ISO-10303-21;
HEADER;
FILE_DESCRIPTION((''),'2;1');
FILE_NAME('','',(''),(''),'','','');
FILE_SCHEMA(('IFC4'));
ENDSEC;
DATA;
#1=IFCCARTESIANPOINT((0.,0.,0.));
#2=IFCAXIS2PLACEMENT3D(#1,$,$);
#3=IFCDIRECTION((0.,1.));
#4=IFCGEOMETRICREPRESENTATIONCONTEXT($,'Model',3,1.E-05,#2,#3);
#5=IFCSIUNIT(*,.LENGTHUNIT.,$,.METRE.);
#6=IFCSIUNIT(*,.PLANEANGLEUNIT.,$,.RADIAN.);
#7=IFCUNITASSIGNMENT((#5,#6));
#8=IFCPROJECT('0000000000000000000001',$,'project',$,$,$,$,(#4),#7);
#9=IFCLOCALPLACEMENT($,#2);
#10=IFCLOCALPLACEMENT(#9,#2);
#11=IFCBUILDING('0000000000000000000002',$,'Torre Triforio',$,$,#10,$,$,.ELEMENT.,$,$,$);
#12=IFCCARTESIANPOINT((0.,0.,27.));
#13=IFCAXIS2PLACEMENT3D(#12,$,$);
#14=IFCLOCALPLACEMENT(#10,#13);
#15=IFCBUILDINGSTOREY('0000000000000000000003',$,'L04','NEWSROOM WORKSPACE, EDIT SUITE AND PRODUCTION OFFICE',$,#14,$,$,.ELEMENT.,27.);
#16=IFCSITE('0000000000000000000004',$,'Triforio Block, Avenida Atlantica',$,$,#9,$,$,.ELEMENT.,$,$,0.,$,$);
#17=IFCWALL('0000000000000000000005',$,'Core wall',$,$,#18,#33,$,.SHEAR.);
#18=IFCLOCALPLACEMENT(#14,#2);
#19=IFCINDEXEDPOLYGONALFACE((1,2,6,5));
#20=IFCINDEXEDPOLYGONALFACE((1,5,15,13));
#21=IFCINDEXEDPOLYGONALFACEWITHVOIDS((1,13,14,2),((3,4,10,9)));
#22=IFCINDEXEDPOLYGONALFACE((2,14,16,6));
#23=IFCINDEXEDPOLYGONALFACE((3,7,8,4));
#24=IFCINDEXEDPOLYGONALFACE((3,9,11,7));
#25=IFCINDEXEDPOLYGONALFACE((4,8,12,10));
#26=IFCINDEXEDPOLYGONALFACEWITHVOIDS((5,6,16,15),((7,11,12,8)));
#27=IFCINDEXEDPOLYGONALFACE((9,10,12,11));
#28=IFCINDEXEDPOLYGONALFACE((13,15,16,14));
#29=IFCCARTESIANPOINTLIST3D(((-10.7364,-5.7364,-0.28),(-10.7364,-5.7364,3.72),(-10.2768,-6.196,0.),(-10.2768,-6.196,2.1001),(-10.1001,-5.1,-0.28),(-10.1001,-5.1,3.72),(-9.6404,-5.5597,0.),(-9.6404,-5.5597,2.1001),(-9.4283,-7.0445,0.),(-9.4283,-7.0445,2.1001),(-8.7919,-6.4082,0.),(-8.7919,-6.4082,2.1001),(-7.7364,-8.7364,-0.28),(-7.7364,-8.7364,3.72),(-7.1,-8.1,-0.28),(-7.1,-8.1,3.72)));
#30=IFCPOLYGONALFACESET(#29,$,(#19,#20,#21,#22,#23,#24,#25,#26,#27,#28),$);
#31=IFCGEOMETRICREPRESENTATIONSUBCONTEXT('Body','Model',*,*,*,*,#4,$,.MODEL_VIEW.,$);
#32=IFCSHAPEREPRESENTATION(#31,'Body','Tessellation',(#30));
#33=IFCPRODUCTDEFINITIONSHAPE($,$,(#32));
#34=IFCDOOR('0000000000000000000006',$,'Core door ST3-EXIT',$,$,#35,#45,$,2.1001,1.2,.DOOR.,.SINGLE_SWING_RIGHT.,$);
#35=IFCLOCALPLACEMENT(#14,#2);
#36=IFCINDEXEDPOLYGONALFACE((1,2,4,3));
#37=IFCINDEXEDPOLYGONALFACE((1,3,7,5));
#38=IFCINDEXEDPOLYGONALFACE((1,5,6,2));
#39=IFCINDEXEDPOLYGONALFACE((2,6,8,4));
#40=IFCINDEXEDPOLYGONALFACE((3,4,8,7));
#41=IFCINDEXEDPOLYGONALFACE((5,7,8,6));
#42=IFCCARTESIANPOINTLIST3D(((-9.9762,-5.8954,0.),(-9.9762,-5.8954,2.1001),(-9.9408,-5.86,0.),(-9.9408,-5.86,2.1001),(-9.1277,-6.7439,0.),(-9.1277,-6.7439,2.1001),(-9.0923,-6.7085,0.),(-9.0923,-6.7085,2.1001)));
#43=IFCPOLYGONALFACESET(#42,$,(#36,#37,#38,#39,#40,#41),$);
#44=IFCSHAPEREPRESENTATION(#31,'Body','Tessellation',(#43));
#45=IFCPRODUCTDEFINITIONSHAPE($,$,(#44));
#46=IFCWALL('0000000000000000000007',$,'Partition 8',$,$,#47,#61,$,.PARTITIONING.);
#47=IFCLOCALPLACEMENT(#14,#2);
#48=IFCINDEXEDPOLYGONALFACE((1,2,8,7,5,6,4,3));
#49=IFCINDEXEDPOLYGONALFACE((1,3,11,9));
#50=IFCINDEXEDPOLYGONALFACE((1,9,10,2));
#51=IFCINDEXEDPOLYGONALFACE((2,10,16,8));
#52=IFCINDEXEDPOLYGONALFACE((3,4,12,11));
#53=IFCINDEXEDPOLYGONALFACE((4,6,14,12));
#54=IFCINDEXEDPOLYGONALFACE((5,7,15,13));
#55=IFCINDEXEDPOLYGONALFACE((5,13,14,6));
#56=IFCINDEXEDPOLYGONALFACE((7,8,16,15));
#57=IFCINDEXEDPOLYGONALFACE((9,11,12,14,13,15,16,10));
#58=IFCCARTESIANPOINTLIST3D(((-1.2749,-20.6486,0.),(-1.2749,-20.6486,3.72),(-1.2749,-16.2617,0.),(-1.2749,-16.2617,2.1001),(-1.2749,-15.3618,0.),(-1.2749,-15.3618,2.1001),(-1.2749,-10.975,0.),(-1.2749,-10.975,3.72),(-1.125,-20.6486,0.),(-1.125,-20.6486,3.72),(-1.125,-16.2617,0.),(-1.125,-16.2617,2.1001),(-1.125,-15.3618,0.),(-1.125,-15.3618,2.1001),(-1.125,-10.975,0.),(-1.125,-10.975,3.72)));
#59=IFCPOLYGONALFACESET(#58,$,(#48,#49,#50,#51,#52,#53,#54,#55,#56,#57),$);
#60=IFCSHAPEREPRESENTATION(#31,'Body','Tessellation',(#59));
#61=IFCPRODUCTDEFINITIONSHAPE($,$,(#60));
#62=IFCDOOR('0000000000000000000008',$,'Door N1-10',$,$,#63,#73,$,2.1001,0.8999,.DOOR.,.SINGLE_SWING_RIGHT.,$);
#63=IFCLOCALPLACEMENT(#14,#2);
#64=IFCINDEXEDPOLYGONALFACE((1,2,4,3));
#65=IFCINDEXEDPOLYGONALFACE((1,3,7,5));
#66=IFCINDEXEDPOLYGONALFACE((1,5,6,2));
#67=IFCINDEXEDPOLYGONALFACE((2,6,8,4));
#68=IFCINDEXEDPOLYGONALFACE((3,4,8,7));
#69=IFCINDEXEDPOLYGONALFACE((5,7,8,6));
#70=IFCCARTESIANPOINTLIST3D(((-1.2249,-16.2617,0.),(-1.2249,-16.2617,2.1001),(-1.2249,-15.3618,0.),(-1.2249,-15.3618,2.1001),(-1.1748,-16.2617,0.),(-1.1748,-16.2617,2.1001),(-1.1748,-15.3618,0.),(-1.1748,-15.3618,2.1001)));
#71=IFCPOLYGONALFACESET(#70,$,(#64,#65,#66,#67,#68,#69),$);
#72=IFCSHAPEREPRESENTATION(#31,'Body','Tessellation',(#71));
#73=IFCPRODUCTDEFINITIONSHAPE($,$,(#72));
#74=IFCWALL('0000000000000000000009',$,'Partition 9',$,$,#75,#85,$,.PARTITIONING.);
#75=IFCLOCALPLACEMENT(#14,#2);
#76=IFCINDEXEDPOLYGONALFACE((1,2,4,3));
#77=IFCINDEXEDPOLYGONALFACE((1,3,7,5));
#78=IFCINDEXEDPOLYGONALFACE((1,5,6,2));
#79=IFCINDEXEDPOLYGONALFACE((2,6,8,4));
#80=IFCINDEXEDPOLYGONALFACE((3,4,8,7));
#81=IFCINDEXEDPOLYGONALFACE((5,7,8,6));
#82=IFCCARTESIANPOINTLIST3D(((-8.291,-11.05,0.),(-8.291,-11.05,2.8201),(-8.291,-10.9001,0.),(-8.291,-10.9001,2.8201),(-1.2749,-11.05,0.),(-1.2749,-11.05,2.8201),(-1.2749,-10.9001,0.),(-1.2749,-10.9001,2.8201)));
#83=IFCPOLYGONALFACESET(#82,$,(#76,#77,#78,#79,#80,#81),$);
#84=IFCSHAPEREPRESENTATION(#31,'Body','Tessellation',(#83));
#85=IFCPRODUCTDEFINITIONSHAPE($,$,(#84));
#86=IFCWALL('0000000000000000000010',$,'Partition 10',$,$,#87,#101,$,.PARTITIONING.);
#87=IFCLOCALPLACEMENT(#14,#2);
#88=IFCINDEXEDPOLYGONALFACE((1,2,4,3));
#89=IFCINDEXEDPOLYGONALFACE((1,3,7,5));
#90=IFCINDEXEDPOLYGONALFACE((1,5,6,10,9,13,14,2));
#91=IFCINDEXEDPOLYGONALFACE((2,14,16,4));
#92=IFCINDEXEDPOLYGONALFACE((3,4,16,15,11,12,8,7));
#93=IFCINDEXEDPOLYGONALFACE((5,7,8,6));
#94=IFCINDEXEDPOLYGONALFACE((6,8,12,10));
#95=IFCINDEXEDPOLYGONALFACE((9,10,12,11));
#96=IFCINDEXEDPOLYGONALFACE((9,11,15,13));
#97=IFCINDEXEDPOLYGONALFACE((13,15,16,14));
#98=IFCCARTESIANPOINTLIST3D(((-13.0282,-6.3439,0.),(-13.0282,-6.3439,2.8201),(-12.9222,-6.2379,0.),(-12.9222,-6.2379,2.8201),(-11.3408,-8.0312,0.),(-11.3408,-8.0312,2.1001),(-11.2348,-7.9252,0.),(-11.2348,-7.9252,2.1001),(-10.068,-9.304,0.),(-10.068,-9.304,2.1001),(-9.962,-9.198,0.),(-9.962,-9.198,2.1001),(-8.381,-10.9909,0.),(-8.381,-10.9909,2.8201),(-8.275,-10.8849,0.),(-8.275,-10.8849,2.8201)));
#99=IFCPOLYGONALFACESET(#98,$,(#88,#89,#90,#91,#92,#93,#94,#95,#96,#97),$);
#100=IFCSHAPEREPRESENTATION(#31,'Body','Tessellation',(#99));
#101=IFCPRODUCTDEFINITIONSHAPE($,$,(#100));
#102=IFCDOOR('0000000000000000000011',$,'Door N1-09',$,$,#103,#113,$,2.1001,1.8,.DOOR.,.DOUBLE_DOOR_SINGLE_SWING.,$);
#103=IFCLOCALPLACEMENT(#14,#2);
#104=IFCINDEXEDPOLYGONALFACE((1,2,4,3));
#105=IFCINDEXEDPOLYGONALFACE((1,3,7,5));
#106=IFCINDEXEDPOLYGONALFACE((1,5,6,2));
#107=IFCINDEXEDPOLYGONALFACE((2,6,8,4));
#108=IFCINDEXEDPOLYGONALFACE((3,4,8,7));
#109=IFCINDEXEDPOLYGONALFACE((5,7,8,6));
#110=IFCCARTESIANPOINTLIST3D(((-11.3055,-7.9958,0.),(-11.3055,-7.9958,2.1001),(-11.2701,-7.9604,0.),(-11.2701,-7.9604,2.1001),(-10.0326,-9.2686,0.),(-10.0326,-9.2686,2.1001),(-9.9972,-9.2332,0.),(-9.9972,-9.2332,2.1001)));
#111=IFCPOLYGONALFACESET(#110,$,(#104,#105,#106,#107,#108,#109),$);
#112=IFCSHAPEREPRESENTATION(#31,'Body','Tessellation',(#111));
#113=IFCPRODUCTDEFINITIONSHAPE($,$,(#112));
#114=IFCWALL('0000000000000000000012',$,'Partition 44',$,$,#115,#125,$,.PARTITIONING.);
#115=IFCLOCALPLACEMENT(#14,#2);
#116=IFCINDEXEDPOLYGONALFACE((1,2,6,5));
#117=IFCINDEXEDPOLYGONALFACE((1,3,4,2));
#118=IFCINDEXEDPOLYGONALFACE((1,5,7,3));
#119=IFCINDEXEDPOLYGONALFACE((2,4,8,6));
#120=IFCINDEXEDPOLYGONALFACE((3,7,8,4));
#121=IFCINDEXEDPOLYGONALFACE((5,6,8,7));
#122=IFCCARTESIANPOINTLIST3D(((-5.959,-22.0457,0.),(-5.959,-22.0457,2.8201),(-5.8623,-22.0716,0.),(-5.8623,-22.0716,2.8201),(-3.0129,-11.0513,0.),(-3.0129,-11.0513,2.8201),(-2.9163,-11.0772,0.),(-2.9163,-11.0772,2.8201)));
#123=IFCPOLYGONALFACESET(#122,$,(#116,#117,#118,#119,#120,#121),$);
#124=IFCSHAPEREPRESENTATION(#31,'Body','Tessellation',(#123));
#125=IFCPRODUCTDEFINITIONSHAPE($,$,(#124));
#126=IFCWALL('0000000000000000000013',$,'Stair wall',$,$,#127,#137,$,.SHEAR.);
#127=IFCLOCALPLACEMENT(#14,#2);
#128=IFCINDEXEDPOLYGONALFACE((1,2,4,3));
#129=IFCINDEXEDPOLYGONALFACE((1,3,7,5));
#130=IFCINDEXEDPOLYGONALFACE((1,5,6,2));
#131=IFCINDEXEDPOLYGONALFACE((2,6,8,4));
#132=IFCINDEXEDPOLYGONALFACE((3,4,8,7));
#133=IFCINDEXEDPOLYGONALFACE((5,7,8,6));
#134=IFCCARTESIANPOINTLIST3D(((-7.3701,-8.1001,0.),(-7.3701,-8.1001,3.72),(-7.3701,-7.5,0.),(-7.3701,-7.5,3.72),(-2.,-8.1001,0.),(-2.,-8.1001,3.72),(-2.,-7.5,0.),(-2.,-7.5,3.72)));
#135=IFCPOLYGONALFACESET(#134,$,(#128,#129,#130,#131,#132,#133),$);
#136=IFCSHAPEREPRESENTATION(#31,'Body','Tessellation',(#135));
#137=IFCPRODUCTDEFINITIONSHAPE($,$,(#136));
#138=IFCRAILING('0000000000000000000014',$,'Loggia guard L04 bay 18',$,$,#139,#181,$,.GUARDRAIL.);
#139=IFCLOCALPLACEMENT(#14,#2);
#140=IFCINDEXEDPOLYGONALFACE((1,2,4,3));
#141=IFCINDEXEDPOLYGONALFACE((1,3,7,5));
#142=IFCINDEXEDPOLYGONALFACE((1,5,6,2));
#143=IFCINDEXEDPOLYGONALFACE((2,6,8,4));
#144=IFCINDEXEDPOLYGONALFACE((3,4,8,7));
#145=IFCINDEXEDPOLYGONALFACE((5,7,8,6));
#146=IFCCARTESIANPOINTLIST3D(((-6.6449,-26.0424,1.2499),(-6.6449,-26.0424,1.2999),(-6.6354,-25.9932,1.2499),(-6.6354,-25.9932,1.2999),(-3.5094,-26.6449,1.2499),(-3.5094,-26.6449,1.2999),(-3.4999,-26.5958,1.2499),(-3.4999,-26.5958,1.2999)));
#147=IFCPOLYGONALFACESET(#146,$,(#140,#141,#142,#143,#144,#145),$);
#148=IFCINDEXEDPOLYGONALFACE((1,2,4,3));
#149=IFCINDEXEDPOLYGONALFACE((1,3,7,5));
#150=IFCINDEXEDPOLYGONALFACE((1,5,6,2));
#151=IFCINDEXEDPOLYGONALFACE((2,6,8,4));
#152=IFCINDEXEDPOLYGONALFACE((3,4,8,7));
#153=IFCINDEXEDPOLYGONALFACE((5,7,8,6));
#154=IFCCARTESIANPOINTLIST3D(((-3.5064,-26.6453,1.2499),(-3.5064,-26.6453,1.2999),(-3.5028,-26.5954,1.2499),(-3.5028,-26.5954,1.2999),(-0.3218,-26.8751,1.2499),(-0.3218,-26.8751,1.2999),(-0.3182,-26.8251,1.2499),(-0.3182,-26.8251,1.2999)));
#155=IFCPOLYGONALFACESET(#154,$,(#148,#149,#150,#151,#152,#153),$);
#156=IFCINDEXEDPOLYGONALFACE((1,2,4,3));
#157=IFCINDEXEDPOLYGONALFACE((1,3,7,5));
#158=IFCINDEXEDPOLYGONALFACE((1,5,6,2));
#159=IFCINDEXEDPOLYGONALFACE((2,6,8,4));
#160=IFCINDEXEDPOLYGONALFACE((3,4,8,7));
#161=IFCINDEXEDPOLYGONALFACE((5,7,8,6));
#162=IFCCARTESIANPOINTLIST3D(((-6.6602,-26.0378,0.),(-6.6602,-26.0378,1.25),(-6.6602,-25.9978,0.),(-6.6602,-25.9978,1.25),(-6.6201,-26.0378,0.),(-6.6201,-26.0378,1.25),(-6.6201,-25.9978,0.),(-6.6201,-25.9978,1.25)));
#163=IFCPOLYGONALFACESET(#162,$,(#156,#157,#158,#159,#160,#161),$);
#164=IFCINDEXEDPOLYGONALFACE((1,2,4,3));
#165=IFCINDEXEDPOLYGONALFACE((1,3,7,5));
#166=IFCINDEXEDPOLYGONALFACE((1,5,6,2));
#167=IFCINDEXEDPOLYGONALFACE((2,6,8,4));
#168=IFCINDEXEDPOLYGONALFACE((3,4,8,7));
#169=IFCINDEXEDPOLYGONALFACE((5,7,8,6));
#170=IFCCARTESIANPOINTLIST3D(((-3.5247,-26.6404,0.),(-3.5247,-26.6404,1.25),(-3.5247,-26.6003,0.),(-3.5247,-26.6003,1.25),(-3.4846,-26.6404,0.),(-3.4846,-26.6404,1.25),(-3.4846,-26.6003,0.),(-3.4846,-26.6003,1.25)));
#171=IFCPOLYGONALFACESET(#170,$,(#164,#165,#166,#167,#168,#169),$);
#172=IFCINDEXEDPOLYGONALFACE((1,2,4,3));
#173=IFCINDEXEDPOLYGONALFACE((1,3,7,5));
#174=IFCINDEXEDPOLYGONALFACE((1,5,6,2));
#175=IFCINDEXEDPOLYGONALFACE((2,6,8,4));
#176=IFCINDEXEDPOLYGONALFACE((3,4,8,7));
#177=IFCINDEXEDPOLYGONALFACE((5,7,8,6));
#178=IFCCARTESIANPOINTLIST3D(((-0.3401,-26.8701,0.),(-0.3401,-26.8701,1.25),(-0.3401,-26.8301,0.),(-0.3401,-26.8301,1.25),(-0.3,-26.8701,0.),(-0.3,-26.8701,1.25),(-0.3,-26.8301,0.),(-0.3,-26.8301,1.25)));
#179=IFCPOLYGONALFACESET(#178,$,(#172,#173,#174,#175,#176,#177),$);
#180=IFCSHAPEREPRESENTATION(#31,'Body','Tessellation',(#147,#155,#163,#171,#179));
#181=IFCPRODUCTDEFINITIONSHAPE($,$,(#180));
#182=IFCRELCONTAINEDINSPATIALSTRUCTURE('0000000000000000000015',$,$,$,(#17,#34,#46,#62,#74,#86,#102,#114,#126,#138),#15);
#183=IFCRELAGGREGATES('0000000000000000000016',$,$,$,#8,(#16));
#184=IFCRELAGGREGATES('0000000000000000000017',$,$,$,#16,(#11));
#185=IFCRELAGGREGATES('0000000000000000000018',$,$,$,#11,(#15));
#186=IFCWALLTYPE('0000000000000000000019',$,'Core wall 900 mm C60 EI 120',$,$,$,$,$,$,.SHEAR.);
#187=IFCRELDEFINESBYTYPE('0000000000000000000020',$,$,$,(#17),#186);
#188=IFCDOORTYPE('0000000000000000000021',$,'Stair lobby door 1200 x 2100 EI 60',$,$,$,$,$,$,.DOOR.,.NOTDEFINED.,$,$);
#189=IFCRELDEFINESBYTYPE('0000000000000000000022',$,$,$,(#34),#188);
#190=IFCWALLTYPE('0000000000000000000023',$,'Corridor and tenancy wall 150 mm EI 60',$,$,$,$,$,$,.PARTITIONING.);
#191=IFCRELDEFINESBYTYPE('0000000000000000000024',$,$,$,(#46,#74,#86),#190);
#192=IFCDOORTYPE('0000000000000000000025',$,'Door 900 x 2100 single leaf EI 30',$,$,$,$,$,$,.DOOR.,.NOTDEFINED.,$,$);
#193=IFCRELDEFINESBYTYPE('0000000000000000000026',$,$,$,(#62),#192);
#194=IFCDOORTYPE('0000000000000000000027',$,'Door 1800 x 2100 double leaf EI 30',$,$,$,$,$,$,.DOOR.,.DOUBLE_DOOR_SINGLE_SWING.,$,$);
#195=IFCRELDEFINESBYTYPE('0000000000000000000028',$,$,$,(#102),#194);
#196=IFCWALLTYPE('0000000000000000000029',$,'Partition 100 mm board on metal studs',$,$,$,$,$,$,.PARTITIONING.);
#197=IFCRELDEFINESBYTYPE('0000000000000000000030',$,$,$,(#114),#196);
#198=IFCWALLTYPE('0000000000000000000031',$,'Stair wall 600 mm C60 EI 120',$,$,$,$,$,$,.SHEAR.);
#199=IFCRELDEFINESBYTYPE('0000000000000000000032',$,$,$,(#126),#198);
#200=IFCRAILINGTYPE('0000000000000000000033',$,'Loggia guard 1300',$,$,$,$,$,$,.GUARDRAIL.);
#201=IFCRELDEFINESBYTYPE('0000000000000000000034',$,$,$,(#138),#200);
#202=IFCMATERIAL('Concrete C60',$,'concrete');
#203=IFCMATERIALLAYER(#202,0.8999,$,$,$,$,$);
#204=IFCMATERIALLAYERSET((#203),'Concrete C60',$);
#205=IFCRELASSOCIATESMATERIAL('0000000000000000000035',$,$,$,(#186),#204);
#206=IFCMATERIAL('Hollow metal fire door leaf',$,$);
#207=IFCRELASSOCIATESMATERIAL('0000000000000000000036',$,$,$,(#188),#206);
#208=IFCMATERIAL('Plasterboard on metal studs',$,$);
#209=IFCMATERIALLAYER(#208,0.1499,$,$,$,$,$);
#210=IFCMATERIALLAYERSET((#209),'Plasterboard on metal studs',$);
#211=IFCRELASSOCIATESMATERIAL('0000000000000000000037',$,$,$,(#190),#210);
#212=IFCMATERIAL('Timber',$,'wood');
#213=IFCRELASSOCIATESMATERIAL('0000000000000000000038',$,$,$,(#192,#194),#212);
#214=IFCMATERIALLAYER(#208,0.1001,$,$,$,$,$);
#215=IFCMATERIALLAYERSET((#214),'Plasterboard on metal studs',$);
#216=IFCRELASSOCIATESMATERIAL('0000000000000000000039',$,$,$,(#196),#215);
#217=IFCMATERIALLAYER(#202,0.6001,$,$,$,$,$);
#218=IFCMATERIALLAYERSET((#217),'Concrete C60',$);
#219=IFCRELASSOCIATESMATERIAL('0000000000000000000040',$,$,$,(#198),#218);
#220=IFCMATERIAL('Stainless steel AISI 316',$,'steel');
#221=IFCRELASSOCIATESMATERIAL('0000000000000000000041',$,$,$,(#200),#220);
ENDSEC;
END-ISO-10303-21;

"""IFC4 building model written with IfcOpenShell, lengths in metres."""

from ifc_helpers import new_model, si_unit, direction, frame, frame_2d, origin, origin_2d, place, context, subcontext, project, spatial, rectangle, extrude, material, layer, layer_set, type_object, element, fill, save


model = new_model("IFC4")

# Units and contexts
model_context = context("Model", 3, precision=1e-05, world=origin(), true_north=direction((0.0, 1.0)))
body_context = subcontext(model_context, "Body", "Model", "MODEL_VIEW")
ifc_project = project(units=[si_unit("LENGTHUNIT", "METRE"), si_unit("PLANEANGLEUNIT", "RADIAN")], contexts=[model_context])

# Site, building, storey
site_placement = place(None, origin())
site = spatial("IfcSite", under=ifc_project, at=site_placement, Name="Triforio Block, Avenida Atlantica", CompositionType="ELEMENT", RefElevation=0.0)
building_placement = place(site_placement, origin())
building = spatial("IfcBuilding", under=site, at=building_placement, Name="Torre Triforio", CompositionType="ELEMENT")
storey_placement = place(building_placement, frame((0.0, 0.0, 27.0)))
storey = spatial("IfcBuildingStorey", under=building, at=storey_placement, Name="L04", Description="NEWSROOM WORKSPACE, EDIT SUITE AND PRODUCTION OFFICE", CompositionType="ELEMENT", Elevation=27.0)

# Shared definitions
ifc_material_1 = material(Name="Concrete C60", Category="concrete")

# Shared definitions
ifc_layer_1 = layer(ifc_material_1, 0.8999)
ifc_layer_set_1 = layer_set([ifc_layer_1], Name="Concrete C60")
wall_type_1 = type_object("IfcWallType", Name="Core wall 900 mm C60 EI 120", PredefinedType="SHEAR", material=ifc_layer_set_1)
ifc_material_2 = material(Name="Hollow metal fire door leaf")

# Walls, openings, doors
wall_1_placement = place(storey_placement, frame((-7.4182, -8.4182, -0.28), z_axis=(0.0, 0.0, 1.0), x_axis=(-0.707107, 0.707107, 0.0)))
wall_1 = element("IfcWall", 1, at=wall_1_placement, inside=storey, type_object=wall_type_1, Name="Core wall", PredefinedType="SHEAR", context=body_context, shape_type="SweptSolid", body=[
    extrude(rectangle(XDim=4.2427, YDim=0.8999, at=frame_2d((2.1213, 0.0))), origin(), (0.0, 0.0, 1.0), 4.0),
])
opening_1_placement = place(wall_1_placement, frame((2.3926, 0.0, 0.28)))
opening_1 = element("IfcOpeningElement", 2, at=opening_1_placement, cuts=wall_1, PredefinedType="OPENING", context=body_context, shape_type="SweptSolid", body=[
    extrude(rectangle(XDim=1.2, YDim=2.1001, at=frame_2d((0.6001, 1.05))), frame((0.0, 0.46, 0.0), z_axis=(0.0, -1.0, 0.0), x_axis=(1.0, 0.0, 0.0)), (0.0, 0.0, 1.0), 0.9199),
])
door_type_1 = type_object("IfcDoorType", Name="Stair lobby door 1200 x 2100 EI 60", OperationType="NOTDEFINED", PredefinedType="DOOR", material=ifc_material_2)
door_1_placement = place(opening_1_placement, origin())
door_1 = element("IfcDoor", 3, at=door_1_placement, inside=storey, type_object=door_type_1, Name="Core door ST3-EXIT", OperationType="SINGLE_SWING_RIGHT", OverallHeight=2.1001, OverallWidth=1.2, PredefinedType="DOOR", context=body_context, shape_type="SweptSolid", body=[
    extrude(rectangle(XDim=1.2, YDim=2.1001, at=frame_2d((0.6001, 1.05))), frame((0.0, 0.0249, 0.0), z_axis=(0.0, -1.0, 0.0), x_axis=(1.0, 0.0, 0.0)), (0.0, 0.0, 1.0), 0.05),
])
fill(opening_1, door_1)
ifc_material_3 = material(Name="Plasterboard on metal studs")
ifc_layer_2 = layer(ifc_material_3, 0.1499)
ifc_layer_set_2 = layer_set([ifc_layer_2], Name="Plasterboard on metal studs")
wall_type_2 = type_object("IfcWallType", Name="Corridor and tenancy wall 150 mm EI 60", PredefinedType="PARTITIONING", material=ifc_layer_set_2)
wall_2_placement = place(storey_placement, frame((-1.2, -20.6487, 0.0), z_axis=(0.0, 0.0, 1.0), x_axis=(0.0, 1.0, 0.0)))
wall_2 = element("IfcWall", 4, at=wall_2_placement, inside=storey, type_object=wall_type_2, Name="Partition 8", PredefinedType="PARTITIONING", context=body_context, shape_type="SweptSolid", body=[
    extrude(rectangle(XDim=9.6736, YDim=0.1499, at=frame_2d((4.8369, 0.0))), origin(), (0.0, 0.0, 1.0), 3.72),
])
opening_2_placement = place(wall_2_placement, frame((4.387, 0.0, 0.0)))
opening_2 = element("IfcOpeningElement", 5, at=opening_2_placement, cuts=wall_2, PredefinedType="OPENING", context=body_context, shape_type="SweptSolid", body=[
    extrude(rectangle(XDim=0.8999, YDim=2.1001, at=frame_2d((0.45, 1.05))), frame((0.0, 0.085, 0.0), z_axis=(0.0, -1.0, 0.0), x_axis=(1.0, 0.0, 0.0)), (0.0, 0.0, 1.0), 0.1699),
])
ifc_material_4 = material(Name="Timber", Category="wood")
door_type_2 = type_object("IfcDoorType", Name="Door 900 x 2100 single leaf EI 30", OperationType="NOTDEFINED", PredefinedType="DOOR", material=ifc_material_4)
door_2_placement = place(opening_2_placement, origin())
door_2 = element("IfcDoor", 6, at=door_2_placement, inside=storey, type_object=door_type_2, Name="Door N1-10", OperationType="SINGLE_SWING_RIGHT", OverallHeight=2.1001, OverallWidth=0.8999, PredefinedType="DOOR", context=body_context, shape_type="SweptSolid", body=[
    extrude(rectangle(XDim=0.8999, YDim=2.1001, at=frame_2d((0.45, 1.05))), frame((0.0, 0.0249, 0.0), z_axis=(0.0, -1.0, 0.0), x_axis=(1.0, 0.0, 0.0)), (0.0, 0.0, 1.0), 0.05),
])
fill(opening_2, door_2)

# Wall
wall_3_placement = place(storey_placement, frame((-1.2749, -10.9751, 0.0), z_axis=(0.0, 0.0, 1.0), x_axis=(-1.0, 0.0, 0.0)))
element("IfcWall", 7, at=wall_3_placement, inside=storey, type_object=wall_type_2, Name="Partition 9", PredefinedType="PARTITIONING", context=body_context, shape_type="SweptSolid", body=[
    extrude(rectangle(XDim=7.0161, YDim=0.1499, at=frame_2d((3.5081, 0.0))), origin(), (0.0, 0.0, 1.0), 2.8201),
])

# Wall, opening, door
wall_4_placement = place(storey_placement, frame((-8.3279, -10.938, 0.0), z_axis=(0.0, 0.0, 1.0), x_axis=(-0.707125, 0.707088, 0.0)))
wall_4 = element("IfcWall", 8, at=wall_4_placement, inside=storey, type_object=wall_type_2, Name="Partition 10", PredefinedType="PARTITIONING", context=body_context, shape_type="SweptSolid", body=[
    extrude(rectangle(XDim=6.572, YDim=0.1499, at=frame_2d((3.2861, 0.0))), origin(), (0.0, 0.0, 1.0), 2.8201),
])
opening_3_placement = place(wall_4_placement, frame((2.386, 0.0, 0.0)))
opening_3 = element("IfcOpeningElement", 9, at=opening_3_placement, cuts=wall_4, PredefinedType="OPENING", context=body_context, shape_type="SweptSolid", body=[
    extrude(rectangle(XDim=1.8, YDim=2.1001, at=frame_2d((0.8999, 1.05))), frame((0.0, 0.085, 0.0), z_axis=(0.0, -1.0, 0.0), x_axis=(1.0, 0.0, 0.0)), (0.0, 0.0, 1.0), 0.1699),
])
door_type_3 = type_object("IfcDoorType", Name="Door 1800 x 2100 double leaf EI 30", OperationType="DOUBLE_DOOR_SINGLE_SWING", PredefinedType="DOOR", material=ifc_material_4)
door_3_placement = place(opening_3_placement, origin())
door_3 = element("IfcDoor", 10, at=door_3_placement, inside=storey, type_object=door_type_3, Name="Door N1-09", OperationType="DOUBLE_DOOR_SINGLE_SWING", OverallHeight=2.1001, OverallWidth=1.8, PredefinedType="DOOR", context=body_context, shape_type="SweptSolid", body=[
    extrude(rectangle(XDim=1.8, YDim=2.1001, at=frame_2d((0.8999, 1.05))), frame((0.0, 0.0249, 0.0), z_axis=(0.0, -1.0, 0.0), x_axis=(1.0, 0.0, 0.0)), (0.0, 0.0, 1.0), 0.05),
])
fill(opening_3, door_3)

# Walls
ifc_layer_3 = layer(ifc_material_3, 0.1001)
ifc_layer_set_3 = layer_set([ifc_layer_3], Name="Plasterboard on metal studs")
wall_type_3 = type_object("IfcWallType", Name="Partition 100 mm board on metal studs", PredefinedType="PARTITIONING", material=ifc_layer_set_3)
wall_5_placement = place(storey_placement, frame((-2.9646, -11.0642, 0.0), z_axis=(0.0, 0.0, 1.0), x_axis=(-0.258828, -0.965923, 0.0)))
element("IfcWall", 11, at=wall_5_placement, inside=storey, type_object=wall_type_3, Name="Partition 44", PredefinedType="PARTITIONING", context=body_context, shape_type="SweptSolid", body=[
    extrude(rectangle(XDim=11.3823, YDim=0.1001, at=frame_2d((5.6912, 0.0))), origin(), (0.0, 0.0, 1.0), 2.8201),
])
ifc_layer_4 = layer(ifc_material_1, 0.6001)
ifc_layer_set_4 = layer_set([ifc_layer_4], Name="Concrete C60")
wall_type_4 = type_object("IfcWallType", Name="Stair wall 600 mm C60 EI 120", PredefinedType="SHEAR", material=ifc_layer_set_4)
wall_6_placement = place(storey_placement, frame((-7.3701, -7.8, 0.0), z_axis=(0.0, 0.0, 1.0), x_axis=(1.0, 0.0, 0.0)))
element("IfcWall", 12, at=wall_6_placement, inside=storey, type_object=wall_type_4, Name="Stair wall", PredefinedType="SHEAR", context=body_context, shape_type="SweptSolid", body=[
    extrude(rectangle(XDim=5.3701, YDim=0.6001, at=frame_2d((2.6851, 0.0))), origin(), (0.0, 0.0, 1.0), 3.72),
])

# Railing
ifc_material_5 = material(Name="Stainless steel AISI 316", Category="steel")
railing_type = type_object("IfcRailingType", Name="Loggia guard 1300", PredefinedType="GUARDRAIL", material=ifc_material_5)
railing_placement = place(storey_placement, frame((-6.6401, -26.0178, 0.0)))
element("IfcRailing", 13, at=railing_placement, inside=storey, type_object=railing_type, Name="Loggia guard L04 bay 18", PredefinedType="GUARDRAIL", context=body_context, shape_type="SweptSolid", body=[
    extrude(rectangle(XDim=0.05, YDim=0.05, at=origin_2d()), frame((0.0, 0.0, 1.2749), z_axis=(0.982032, -0.188714, 0.0), x_axis=(0.188714, 0.982032, 0.0)), (0.0, 0.0, 1.0), 3.1929),
    extrude(rectangle(XDim=0.05, YDim=0.05, at=origin_2d()), frame((3.1355, -0.6025, 1.2749), z_axis=(0.997408, -0.071953, 0.0), x_axis=(0.071953, 0.997408, 0.0)), (0.0, 0.0, 1.0), 3.1929),
    extrude(rectangle(XDim=0.04, YDim=0.04, at=origin_2d()), origin(), (0.0, 0.0, 1.0), 1.25),
    extrude(rectangle(XDim=0.04, YDim=0.04, at=origin_2d()), frame((3.1355, -0.6025, 0.0)), (0.0, 0.0, 1.0), 1.25),
    extrude(rectangle(XDim=0.04, YDim=0.04, at=origin_2d()), frame((6.3201, -0.8323, 0.0)), (0.0, 0.0, 1.0), 1.25),
])

save(model, "model.ifc")
